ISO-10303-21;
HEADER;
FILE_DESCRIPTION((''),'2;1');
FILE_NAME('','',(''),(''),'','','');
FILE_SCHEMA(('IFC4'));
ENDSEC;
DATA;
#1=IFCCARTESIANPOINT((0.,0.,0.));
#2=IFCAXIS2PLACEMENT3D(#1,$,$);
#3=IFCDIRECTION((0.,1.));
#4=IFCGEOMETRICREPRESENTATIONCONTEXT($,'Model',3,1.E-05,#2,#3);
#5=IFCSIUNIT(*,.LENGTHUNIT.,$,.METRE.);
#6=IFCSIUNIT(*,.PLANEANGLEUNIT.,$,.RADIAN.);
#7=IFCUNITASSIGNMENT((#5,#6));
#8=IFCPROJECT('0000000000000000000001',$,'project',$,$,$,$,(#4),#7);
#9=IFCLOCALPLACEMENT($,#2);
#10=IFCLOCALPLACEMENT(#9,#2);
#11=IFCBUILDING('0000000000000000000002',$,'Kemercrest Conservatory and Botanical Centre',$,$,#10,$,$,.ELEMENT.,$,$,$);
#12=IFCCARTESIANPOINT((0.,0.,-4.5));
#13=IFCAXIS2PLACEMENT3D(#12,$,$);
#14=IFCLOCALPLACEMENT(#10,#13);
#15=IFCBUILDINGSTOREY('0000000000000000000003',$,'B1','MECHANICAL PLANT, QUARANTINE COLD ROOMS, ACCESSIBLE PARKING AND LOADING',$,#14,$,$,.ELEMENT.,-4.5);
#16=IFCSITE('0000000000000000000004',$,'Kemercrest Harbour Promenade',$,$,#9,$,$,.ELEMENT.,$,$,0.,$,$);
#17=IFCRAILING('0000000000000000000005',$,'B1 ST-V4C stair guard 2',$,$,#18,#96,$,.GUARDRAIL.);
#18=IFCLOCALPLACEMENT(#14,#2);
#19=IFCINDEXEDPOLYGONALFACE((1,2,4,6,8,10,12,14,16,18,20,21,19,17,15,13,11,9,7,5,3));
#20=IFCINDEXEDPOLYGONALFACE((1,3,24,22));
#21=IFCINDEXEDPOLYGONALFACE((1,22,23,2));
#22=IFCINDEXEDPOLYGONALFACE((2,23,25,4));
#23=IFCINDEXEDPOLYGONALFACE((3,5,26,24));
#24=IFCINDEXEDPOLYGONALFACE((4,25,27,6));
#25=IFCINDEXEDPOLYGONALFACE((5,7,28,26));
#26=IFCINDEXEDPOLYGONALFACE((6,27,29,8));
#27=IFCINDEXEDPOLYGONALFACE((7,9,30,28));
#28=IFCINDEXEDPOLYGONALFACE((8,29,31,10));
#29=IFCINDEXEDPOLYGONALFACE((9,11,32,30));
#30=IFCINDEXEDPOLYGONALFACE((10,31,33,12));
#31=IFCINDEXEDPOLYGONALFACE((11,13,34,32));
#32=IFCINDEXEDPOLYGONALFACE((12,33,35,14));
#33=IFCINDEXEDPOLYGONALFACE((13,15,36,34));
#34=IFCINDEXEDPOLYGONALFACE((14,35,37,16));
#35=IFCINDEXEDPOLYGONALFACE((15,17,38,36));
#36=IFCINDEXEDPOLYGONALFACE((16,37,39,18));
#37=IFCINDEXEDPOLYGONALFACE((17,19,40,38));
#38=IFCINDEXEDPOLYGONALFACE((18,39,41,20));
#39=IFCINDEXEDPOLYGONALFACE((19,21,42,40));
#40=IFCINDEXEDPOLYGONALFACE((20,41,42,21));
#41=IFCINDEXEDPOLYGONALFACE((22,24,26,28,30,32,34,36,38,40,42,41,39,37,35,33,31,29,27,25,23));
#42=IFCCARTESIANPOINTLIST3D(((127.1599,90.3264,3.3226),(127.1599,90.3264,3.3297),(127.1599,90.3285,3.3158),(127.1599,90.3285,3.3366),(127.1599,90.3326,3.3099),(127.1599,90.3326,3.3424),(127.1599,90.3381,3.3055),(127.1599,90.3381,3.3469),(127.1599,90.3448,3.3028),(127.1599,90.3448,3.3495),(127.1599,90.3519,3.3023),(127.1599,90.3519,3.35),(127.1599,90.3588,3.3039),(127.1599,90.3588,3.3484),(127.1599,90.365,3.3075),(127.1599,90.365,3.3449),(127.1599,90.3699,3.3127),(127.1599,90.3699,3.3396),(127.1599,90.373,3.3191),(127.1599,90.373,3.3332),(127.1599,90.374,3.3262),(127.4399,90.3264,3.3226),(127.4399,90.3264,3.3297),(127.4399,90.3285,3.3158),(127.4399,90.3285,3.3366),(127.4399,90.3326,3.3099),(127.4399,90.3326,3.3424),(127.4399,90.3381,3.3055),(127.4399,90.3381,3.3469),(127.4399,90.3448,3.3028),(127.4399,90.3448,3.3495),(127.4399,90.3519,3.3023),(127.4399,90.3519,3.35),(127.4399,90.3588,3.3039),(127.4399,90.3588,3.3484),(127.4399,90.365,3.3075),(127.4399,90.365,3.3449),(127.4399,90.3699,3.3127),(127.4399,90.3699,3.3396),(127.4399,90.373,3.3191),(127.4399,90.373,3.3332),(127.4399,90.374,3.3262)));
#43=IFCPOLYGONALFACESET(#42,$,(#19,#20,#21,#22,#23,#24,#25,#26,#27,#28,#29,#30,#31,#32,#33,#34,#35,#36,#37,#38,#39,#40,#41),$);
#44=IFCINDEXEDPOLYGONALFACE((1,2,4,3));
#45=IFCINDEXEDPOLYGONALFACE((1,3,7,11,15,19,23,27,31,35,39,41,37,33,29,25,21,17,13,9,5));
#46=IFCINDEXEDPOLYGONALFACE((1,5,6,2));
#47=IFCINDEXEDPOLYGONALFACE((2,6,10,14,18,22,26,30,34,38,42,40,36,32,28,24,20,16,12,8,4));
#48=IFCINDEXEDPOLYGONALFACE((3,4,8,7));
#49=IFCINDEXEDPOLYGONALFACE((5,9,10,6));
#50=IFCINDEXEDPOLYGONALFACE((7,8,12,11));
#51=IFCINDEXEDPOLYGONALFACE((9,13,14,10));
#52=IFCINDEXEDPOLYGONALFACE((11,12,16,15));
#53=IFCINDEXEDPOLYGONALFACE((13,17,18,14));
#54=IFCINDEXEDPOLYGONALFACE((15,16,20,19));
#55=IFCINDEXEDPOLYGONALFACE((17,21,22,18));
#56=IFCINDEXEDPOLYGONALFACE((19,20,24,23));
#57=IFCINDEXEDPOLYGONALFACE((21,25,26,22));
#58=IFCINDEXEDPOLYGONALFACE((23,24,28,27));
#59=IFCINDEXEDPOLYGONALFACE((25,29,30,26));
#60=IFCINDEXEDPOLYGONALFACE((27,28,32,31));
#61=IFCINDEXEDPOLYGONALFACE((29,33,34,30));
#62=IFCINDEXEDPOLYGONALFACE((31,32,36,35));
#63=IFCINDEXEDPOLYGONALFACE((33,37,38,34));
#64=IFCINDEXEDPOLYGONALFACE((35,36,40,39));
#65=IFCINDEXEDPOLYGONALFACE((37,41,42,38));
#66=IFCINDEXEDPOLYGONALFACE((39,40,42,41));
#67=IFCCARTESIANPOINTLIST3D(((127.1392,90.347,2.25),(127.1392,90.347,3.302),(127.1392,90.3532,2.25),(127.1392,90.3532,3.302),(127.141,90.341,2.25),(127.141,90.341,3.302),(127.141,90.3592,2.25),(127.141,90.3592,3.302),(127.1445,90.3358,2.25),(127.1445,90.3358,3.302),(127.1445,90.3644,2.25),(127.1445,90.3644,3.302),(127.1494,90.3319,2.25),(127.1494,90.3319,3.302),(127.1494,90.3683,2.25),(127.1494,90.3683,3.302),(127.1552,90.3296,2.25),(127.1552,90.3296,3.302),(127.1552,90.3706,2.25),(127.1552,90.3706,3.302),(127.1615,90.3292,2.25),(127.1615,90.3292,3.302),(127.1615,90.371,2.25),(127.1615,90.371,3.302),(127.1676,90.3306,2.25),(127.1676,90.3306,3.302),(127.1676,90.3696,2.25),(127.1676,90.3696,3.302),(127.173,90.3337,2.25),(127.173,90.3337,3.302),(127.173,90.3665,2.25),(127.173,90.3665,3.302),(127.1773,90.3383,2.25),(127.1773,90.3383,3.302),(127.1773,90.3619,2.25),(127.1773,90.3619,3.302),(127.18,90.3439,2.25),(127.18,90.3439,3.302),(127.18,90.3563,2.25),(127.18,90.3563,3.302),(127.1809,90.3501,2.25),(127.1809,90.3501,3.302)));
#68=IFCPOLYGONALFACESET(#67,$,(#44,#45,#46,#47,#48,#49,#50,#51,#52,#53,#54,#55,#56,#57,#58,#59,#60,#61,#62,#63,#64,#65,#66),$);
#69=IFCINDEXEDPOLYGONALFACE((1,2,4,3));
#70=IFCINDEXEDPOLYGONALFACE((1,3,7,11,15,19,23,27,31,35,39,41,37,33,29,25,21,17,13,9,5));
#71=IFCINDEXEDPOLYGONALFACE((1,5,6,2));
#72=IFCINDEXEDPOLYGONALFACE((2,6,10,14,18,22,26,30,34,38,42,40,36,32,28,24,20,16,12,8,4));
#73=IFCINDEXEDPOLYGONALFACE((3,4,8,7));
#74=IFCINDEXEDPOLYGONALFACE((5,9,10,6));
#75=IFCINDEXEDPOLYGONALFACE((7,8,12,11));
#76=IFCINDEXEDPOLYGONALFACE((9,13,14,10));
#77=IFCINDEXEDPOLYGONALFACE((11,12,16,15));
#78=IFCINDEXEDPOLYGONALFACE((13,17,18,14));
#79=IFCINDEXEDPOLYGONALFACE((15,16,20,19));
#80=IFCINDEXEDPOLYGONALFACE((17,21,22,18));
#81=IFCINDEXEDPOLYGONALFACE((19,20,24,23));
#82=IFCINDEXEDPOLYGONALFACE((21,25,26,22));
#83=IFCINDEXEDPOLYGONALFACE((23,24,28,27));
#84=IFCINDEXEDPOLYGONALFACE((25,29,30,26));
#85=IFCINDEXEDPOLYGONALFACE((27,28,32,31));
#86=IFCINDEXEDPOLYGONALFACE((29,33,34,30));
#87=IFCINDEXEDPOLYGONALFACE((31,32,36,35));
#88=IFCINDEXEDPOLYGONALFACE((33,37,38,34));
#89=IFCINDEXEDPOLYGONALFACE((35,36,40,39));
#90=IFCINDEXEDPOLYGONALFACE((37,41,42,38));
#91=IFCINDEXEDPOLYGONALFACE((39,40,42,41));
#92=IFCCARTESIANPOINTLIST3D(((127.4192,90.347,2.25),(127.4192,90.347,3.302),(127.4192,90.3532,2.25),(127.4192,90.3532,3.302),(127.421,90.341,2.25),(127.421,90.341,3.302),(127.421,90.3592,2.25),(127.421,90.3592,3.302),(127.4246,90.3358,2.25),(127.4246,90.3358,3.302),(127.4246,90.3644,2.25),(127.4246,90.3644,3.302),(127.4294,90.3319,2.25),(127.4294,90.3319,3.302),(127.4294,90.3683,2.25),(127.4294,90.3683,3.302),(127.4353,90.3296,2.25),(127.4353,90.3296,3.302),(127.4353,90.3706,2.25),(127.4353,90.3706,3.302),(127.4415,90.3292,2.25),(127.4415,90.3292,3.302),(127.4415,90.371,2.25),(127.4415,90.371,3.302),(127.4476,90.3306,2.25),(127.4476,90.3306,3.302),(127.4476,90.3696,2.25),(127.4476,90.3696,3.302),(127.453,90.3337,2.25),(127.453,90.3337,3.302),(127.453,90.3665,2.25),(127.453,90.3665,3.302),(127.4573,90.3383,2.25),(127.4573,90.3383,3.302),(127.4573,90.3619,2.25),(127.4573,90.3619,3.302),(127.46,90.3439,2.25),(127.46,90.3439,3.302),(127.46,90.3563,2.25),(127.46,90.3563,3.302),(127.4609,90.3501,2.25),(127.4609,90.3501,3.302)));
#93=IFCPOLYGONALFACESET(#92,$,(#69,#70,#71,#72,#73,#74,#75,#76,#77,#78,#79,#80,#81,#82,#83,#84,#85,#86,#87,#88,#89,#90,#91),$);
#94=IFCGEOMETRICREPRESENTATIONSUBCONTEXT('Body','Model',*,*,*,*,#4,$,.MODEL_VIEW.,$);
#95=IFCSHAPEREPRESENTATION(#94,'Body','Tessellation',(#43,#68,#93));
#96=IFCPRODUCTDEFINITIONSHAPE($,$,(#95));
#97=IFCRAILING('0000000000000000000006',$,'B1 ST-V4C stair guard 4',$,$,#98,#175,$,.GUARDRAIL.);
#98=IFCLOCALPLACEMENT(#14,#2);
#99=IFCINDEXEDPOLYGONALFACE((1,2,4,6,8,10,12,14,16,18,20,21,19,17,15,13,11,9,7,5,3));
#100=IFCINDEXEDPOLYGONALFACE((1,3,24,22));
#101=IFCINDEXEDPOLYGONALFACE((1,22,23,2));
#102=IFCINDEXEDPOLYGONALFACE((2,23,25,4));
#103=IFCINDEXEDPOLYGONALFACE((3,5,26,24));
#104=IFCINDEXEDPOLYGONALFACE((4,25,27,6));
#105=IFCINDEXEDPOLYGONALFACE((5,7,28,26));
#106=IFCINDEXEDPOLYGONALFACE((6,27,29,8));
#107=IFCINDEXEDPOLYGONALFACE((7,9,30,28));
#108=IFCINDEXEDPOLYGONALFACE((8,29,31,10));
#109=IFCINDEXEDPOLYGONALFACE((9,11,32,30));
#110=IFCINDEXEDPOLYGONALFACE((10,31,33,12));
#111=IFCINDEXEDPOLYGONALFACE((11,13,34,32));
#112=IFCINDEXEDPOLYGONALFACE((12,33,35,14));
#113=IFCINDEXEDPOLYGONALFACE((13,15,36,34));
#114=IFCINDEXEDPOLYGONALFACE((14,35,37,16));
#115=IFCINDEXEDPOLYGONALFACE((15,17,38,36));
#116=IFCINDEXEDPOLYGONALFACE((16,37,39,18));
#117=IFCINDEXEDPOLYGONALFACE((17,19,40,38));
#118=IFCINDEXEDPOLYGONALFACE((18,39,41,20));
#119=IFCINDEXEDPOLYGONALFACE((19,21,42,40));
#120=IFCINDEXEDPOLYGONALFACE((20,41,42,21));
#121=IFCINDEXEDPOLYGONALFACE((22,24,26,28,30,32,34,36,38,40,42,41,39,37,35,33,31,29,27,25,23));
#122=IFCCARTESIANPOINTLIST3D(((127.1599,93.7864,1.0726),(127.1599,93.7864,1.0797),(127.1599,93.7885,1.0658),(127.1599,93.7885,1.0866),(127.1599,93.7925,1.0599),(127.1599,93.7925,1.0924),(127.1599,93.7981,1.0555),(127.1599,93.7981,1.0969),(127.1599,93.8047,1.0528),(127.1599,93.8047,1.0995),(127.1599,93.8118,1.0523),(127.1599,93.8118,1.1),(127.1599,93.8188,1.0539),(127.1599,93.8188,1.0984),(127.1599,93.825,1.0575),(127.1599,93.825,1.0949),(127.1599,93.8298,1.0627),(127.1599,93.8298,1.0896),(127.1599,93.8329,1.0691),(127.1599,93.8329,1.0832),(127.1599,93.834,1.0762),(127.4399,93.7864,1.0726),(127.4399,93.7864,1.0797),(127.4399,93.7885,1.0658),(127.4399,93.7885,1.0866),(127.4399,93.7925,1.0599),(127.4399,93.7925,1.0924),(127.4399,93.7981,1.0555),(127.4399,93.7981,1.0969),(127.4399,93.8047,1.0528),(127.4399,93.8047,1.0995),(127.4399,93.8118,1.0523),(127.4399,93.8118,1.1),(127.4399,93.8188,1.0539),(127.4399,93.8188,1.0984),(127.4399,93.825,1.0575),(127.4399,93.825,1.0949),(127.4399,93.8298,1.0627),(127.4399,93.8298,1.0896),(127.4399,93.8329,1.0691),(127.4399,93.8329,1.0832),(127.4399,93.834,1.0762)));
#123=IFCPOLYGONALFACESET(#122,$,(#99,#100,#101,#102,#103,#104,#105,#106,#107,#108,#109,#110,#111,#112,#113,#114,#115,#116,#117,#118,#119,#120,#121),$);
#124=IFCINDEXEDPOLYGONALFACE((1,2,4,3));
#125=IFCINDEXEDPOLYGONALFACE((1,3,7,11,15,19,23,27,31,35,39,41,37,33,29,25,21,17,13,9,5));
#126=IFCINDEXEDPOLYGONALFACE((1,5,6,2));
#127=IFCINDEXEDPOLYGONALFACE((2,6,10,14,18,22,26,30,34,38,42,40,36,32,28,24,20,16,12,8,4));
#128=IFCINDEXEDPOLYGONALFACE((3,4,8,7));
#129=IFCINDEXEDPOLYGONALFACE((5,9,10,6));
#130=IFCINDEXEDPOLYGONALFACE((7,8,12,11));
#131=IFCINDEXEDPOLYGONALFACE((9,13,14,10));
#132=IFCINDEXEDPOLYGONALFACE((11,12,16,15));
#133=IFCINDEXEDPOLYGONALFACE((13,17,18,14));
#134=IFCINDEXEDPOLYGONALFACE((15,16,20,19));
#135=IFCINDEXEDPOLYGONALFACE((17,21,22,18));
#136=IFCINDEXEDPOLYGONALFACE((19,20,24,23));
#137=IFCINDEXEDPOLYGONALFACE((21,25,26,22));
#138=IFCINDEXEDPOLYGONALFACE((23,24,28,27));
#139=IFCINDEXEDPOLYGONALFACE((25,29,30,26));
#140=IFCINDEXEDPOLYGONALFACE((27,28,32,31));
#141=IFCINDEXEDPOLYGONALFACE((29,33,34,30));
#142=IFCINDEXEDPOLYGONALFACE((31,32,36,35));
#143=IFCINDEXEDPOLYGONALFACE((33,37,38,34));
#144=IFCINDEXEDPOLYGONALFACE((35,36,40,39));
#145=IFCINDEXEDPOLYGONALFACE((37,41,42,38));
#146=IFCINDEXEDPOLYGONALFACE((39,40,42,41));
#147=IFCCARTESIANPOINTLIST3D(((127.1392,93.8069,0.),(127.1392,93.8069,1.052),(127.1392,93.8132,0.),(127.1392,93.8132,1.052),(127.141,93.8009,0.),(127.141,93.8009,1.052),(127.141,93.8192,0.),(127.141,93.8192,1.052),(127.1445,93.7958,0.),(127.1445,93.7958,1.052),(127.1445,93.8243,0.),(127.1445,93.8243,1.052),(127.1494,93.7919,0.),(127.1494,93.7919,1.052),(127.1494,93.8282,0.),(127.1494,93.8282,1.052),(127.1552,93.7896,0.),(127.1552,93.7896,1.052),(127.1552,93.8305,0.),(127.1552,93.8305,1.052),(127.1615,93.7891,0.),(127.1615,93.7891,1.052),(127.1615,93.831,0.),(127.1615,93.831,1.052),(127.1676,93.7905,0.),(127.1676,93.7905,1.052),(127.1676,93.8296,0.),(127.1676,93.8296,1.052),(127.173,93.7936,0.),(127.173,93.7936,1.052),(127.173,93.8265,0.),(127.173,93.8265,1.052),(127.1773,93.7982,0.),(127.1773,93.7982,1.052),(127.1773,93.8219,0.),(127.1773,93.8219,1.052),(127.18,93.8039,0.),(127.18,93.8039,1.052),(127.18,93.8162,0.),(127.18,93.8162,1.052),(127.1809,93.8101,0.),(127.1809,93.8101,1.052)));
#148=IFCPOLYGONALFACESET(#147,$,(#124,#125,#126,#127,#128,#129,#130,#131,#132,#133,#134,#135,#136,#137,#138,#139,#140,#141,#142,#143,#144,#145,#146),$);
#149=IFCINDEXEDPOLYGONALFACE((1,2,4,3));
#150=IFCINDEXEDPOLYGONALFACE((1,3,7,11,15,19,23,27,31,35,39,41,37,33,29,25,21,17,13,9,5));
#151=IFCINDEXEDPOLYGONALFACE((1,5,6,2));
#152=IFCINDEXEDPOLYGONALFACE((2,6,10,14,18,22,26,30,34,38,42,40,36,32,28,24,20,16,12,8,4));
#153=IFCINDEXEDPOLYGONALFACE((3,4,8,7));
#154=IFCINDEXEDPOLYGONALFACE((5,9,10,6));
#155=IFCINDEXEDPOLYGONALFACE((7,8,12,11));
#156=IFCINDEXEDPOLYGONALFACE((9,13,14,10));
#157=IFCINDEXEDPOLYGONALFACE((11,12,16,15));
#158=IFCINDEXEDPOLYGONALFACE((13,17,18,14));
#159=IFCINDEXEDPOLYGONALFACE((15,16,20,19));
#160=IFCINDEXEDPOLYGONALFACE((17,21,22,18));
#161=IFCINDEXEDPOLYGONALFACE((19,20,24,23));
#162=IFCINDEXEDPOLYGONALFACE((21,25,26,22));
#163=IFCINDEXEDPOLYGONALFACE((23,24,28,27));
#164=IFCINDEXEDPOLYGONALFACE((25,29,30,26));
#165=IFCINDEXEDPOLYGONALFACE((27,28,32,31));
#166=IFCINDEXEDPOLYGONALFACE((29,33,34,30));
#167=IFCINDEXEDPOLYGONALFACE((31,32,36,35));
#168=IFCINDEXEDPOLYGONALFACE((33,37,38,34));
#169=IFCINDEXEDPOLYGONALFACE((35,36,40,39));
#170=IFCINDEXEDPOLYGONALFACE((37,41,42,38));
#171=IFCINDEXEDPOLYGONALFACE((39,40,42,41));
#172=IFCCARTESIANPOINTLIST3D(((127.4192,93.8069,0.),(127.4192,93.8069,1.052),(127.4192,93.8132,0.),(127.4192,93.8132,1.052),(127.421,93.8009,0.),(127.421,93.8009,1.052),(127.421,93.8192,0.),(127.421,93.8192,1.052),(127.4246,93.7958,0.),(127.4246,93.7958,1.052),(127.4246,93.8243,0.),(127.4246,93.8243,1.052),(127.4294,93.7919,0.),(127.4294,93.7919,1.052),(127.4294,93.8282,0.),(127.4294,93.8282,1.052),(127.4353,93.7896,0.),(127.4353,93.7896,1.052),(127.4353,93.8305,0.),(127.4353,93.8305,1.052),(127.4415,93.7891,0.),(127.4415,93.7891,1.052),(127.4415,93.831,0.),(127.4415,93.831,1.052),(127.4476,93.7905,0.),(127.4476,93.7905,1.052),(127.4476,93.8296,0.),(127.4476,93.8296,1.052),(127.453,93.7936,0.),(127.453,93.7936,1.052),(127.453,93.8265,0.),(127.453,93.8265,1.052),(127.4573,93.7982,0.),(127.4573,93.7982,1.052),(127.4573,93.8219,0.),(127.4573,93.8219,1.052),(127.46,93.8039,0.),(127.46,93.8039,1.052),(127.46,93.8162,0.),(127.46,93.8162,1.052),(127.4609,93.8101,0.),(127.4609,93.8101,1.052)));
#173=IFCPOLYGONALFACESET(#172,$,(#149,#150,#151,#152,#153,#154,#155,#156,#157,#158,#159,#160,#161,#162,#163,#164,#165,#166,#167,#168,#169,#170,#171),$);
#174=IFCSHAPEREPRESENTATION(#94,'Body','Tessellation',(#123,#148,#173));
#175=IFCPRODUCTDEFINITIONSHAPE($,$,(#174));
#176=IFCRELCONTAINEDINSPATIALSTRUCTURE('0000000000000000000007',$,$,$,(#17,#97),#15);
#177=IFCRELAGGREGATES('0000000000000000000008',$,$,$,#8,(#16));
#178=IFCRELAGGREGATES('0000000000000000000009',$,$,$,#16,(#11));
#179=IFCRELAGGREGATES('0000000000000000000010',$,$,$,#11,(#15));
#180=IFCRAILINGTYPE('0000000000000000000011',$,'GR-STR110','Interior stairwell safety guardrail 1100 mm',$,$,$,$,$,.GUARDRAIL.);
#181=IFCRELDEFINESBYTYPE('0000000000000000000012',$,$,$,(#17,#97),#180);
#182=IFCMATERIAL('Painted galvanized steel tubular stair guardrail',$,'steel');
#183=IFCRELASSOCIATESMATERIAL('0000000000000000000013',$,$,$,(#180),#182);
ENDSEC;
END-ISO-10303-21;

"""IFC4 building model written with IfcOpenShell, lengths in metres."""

from ifc_helpers import new_model, si_unit, direction, frame, origin, origin_2d, place, context, subcontext, project, spatial, circle, extrude, material, type_object, element, save


model = new_model("IFC4")

# Units and contexts
model_context = context("Model", 3, precision=1e-05, world=origin(), true_north=direction((0.0, 1.0)))
body_context = subcontext(model_context, "Body", "Model", "MODEL_VIEW")
ifc_project = project(units=[si_unit("LENGTHUNIT", "METRE"), si_unit("PLANEANGLEUNIT", "RADIAN")], contexts=[model_context])

# Site, building, storey
site_placement = place(None, origin())
site = spatial("IfcSite", under=ifc_project, at=site_placement, Name="Kemercrest Harbour Promenade", CompositionType="ELEMENT", RefElevation=0.0)
building_placement = place(site_placement, origin())
building = spatial("IfcBuilding", under=site, at=building_placement, Name="Kemercrest Conservatory and Botanical Centre", CompositionType="ELEMENT")
storey_placement = place(building_placement, frame((0.0, 0.0, -4.5)))
storey = spatial("IfcBuildingStorey", under=building, at=storey_placement, Name="B1", Description="MECHANICAL PLANT, QUARANTINE COLD ROOMS, ACCESSIBLE PARKING AND LOADING", CompositionType="ELEMENT", Elevation=-4.5)

# Railings
ifc_material_1 = material(Name="Painted galvanized steel tubular stair guardrail", Category="steel")
railing_type_1 = type_object("IfcRailingType", Name="GR-STR110", Description="Interior stairwell safety guardrail 1100 mm", PredefinedType="GUARDRAIL", material=ifc_material_1)
for number, where, name in (
    (1, (127.1599, 90.3501, 2.25), "B1 ST-V4C stair guard 2"),
    (2, (127.1599, 93.8101, 0.0), "B1 ST-V4C stair guard 4"),
):
    element("IfcRailing", number, at=place(storey_placement, frame(where)), inside=storey, type_object=railing_type_1, Name=name, PredefinedType="GUARDRAIL", context=body_context, shape_type="SweptSolid", body=[
        extrude(circle(Radius=0.0239, at=origin_2d()), frame((0.0, 0.0, 1.0762), z_axis=(1.0, 0.0, 0.0), x_axis=(0.0, 1.0, 0.0)), (0.0, 0.0, 1.0), 0.28),
        extrude(circle(Radius=0.021, at=origin_2d()), origin(), (0.0, 0.0, 1.0), 1.052),
        extrude(circle(Radius=0.021, at=origin_2d()), frame((0.28, 0.0, 0.0)), (0.0, 0.0, 1.0), 1.052),
    ])

save(model, "model.ifc")
